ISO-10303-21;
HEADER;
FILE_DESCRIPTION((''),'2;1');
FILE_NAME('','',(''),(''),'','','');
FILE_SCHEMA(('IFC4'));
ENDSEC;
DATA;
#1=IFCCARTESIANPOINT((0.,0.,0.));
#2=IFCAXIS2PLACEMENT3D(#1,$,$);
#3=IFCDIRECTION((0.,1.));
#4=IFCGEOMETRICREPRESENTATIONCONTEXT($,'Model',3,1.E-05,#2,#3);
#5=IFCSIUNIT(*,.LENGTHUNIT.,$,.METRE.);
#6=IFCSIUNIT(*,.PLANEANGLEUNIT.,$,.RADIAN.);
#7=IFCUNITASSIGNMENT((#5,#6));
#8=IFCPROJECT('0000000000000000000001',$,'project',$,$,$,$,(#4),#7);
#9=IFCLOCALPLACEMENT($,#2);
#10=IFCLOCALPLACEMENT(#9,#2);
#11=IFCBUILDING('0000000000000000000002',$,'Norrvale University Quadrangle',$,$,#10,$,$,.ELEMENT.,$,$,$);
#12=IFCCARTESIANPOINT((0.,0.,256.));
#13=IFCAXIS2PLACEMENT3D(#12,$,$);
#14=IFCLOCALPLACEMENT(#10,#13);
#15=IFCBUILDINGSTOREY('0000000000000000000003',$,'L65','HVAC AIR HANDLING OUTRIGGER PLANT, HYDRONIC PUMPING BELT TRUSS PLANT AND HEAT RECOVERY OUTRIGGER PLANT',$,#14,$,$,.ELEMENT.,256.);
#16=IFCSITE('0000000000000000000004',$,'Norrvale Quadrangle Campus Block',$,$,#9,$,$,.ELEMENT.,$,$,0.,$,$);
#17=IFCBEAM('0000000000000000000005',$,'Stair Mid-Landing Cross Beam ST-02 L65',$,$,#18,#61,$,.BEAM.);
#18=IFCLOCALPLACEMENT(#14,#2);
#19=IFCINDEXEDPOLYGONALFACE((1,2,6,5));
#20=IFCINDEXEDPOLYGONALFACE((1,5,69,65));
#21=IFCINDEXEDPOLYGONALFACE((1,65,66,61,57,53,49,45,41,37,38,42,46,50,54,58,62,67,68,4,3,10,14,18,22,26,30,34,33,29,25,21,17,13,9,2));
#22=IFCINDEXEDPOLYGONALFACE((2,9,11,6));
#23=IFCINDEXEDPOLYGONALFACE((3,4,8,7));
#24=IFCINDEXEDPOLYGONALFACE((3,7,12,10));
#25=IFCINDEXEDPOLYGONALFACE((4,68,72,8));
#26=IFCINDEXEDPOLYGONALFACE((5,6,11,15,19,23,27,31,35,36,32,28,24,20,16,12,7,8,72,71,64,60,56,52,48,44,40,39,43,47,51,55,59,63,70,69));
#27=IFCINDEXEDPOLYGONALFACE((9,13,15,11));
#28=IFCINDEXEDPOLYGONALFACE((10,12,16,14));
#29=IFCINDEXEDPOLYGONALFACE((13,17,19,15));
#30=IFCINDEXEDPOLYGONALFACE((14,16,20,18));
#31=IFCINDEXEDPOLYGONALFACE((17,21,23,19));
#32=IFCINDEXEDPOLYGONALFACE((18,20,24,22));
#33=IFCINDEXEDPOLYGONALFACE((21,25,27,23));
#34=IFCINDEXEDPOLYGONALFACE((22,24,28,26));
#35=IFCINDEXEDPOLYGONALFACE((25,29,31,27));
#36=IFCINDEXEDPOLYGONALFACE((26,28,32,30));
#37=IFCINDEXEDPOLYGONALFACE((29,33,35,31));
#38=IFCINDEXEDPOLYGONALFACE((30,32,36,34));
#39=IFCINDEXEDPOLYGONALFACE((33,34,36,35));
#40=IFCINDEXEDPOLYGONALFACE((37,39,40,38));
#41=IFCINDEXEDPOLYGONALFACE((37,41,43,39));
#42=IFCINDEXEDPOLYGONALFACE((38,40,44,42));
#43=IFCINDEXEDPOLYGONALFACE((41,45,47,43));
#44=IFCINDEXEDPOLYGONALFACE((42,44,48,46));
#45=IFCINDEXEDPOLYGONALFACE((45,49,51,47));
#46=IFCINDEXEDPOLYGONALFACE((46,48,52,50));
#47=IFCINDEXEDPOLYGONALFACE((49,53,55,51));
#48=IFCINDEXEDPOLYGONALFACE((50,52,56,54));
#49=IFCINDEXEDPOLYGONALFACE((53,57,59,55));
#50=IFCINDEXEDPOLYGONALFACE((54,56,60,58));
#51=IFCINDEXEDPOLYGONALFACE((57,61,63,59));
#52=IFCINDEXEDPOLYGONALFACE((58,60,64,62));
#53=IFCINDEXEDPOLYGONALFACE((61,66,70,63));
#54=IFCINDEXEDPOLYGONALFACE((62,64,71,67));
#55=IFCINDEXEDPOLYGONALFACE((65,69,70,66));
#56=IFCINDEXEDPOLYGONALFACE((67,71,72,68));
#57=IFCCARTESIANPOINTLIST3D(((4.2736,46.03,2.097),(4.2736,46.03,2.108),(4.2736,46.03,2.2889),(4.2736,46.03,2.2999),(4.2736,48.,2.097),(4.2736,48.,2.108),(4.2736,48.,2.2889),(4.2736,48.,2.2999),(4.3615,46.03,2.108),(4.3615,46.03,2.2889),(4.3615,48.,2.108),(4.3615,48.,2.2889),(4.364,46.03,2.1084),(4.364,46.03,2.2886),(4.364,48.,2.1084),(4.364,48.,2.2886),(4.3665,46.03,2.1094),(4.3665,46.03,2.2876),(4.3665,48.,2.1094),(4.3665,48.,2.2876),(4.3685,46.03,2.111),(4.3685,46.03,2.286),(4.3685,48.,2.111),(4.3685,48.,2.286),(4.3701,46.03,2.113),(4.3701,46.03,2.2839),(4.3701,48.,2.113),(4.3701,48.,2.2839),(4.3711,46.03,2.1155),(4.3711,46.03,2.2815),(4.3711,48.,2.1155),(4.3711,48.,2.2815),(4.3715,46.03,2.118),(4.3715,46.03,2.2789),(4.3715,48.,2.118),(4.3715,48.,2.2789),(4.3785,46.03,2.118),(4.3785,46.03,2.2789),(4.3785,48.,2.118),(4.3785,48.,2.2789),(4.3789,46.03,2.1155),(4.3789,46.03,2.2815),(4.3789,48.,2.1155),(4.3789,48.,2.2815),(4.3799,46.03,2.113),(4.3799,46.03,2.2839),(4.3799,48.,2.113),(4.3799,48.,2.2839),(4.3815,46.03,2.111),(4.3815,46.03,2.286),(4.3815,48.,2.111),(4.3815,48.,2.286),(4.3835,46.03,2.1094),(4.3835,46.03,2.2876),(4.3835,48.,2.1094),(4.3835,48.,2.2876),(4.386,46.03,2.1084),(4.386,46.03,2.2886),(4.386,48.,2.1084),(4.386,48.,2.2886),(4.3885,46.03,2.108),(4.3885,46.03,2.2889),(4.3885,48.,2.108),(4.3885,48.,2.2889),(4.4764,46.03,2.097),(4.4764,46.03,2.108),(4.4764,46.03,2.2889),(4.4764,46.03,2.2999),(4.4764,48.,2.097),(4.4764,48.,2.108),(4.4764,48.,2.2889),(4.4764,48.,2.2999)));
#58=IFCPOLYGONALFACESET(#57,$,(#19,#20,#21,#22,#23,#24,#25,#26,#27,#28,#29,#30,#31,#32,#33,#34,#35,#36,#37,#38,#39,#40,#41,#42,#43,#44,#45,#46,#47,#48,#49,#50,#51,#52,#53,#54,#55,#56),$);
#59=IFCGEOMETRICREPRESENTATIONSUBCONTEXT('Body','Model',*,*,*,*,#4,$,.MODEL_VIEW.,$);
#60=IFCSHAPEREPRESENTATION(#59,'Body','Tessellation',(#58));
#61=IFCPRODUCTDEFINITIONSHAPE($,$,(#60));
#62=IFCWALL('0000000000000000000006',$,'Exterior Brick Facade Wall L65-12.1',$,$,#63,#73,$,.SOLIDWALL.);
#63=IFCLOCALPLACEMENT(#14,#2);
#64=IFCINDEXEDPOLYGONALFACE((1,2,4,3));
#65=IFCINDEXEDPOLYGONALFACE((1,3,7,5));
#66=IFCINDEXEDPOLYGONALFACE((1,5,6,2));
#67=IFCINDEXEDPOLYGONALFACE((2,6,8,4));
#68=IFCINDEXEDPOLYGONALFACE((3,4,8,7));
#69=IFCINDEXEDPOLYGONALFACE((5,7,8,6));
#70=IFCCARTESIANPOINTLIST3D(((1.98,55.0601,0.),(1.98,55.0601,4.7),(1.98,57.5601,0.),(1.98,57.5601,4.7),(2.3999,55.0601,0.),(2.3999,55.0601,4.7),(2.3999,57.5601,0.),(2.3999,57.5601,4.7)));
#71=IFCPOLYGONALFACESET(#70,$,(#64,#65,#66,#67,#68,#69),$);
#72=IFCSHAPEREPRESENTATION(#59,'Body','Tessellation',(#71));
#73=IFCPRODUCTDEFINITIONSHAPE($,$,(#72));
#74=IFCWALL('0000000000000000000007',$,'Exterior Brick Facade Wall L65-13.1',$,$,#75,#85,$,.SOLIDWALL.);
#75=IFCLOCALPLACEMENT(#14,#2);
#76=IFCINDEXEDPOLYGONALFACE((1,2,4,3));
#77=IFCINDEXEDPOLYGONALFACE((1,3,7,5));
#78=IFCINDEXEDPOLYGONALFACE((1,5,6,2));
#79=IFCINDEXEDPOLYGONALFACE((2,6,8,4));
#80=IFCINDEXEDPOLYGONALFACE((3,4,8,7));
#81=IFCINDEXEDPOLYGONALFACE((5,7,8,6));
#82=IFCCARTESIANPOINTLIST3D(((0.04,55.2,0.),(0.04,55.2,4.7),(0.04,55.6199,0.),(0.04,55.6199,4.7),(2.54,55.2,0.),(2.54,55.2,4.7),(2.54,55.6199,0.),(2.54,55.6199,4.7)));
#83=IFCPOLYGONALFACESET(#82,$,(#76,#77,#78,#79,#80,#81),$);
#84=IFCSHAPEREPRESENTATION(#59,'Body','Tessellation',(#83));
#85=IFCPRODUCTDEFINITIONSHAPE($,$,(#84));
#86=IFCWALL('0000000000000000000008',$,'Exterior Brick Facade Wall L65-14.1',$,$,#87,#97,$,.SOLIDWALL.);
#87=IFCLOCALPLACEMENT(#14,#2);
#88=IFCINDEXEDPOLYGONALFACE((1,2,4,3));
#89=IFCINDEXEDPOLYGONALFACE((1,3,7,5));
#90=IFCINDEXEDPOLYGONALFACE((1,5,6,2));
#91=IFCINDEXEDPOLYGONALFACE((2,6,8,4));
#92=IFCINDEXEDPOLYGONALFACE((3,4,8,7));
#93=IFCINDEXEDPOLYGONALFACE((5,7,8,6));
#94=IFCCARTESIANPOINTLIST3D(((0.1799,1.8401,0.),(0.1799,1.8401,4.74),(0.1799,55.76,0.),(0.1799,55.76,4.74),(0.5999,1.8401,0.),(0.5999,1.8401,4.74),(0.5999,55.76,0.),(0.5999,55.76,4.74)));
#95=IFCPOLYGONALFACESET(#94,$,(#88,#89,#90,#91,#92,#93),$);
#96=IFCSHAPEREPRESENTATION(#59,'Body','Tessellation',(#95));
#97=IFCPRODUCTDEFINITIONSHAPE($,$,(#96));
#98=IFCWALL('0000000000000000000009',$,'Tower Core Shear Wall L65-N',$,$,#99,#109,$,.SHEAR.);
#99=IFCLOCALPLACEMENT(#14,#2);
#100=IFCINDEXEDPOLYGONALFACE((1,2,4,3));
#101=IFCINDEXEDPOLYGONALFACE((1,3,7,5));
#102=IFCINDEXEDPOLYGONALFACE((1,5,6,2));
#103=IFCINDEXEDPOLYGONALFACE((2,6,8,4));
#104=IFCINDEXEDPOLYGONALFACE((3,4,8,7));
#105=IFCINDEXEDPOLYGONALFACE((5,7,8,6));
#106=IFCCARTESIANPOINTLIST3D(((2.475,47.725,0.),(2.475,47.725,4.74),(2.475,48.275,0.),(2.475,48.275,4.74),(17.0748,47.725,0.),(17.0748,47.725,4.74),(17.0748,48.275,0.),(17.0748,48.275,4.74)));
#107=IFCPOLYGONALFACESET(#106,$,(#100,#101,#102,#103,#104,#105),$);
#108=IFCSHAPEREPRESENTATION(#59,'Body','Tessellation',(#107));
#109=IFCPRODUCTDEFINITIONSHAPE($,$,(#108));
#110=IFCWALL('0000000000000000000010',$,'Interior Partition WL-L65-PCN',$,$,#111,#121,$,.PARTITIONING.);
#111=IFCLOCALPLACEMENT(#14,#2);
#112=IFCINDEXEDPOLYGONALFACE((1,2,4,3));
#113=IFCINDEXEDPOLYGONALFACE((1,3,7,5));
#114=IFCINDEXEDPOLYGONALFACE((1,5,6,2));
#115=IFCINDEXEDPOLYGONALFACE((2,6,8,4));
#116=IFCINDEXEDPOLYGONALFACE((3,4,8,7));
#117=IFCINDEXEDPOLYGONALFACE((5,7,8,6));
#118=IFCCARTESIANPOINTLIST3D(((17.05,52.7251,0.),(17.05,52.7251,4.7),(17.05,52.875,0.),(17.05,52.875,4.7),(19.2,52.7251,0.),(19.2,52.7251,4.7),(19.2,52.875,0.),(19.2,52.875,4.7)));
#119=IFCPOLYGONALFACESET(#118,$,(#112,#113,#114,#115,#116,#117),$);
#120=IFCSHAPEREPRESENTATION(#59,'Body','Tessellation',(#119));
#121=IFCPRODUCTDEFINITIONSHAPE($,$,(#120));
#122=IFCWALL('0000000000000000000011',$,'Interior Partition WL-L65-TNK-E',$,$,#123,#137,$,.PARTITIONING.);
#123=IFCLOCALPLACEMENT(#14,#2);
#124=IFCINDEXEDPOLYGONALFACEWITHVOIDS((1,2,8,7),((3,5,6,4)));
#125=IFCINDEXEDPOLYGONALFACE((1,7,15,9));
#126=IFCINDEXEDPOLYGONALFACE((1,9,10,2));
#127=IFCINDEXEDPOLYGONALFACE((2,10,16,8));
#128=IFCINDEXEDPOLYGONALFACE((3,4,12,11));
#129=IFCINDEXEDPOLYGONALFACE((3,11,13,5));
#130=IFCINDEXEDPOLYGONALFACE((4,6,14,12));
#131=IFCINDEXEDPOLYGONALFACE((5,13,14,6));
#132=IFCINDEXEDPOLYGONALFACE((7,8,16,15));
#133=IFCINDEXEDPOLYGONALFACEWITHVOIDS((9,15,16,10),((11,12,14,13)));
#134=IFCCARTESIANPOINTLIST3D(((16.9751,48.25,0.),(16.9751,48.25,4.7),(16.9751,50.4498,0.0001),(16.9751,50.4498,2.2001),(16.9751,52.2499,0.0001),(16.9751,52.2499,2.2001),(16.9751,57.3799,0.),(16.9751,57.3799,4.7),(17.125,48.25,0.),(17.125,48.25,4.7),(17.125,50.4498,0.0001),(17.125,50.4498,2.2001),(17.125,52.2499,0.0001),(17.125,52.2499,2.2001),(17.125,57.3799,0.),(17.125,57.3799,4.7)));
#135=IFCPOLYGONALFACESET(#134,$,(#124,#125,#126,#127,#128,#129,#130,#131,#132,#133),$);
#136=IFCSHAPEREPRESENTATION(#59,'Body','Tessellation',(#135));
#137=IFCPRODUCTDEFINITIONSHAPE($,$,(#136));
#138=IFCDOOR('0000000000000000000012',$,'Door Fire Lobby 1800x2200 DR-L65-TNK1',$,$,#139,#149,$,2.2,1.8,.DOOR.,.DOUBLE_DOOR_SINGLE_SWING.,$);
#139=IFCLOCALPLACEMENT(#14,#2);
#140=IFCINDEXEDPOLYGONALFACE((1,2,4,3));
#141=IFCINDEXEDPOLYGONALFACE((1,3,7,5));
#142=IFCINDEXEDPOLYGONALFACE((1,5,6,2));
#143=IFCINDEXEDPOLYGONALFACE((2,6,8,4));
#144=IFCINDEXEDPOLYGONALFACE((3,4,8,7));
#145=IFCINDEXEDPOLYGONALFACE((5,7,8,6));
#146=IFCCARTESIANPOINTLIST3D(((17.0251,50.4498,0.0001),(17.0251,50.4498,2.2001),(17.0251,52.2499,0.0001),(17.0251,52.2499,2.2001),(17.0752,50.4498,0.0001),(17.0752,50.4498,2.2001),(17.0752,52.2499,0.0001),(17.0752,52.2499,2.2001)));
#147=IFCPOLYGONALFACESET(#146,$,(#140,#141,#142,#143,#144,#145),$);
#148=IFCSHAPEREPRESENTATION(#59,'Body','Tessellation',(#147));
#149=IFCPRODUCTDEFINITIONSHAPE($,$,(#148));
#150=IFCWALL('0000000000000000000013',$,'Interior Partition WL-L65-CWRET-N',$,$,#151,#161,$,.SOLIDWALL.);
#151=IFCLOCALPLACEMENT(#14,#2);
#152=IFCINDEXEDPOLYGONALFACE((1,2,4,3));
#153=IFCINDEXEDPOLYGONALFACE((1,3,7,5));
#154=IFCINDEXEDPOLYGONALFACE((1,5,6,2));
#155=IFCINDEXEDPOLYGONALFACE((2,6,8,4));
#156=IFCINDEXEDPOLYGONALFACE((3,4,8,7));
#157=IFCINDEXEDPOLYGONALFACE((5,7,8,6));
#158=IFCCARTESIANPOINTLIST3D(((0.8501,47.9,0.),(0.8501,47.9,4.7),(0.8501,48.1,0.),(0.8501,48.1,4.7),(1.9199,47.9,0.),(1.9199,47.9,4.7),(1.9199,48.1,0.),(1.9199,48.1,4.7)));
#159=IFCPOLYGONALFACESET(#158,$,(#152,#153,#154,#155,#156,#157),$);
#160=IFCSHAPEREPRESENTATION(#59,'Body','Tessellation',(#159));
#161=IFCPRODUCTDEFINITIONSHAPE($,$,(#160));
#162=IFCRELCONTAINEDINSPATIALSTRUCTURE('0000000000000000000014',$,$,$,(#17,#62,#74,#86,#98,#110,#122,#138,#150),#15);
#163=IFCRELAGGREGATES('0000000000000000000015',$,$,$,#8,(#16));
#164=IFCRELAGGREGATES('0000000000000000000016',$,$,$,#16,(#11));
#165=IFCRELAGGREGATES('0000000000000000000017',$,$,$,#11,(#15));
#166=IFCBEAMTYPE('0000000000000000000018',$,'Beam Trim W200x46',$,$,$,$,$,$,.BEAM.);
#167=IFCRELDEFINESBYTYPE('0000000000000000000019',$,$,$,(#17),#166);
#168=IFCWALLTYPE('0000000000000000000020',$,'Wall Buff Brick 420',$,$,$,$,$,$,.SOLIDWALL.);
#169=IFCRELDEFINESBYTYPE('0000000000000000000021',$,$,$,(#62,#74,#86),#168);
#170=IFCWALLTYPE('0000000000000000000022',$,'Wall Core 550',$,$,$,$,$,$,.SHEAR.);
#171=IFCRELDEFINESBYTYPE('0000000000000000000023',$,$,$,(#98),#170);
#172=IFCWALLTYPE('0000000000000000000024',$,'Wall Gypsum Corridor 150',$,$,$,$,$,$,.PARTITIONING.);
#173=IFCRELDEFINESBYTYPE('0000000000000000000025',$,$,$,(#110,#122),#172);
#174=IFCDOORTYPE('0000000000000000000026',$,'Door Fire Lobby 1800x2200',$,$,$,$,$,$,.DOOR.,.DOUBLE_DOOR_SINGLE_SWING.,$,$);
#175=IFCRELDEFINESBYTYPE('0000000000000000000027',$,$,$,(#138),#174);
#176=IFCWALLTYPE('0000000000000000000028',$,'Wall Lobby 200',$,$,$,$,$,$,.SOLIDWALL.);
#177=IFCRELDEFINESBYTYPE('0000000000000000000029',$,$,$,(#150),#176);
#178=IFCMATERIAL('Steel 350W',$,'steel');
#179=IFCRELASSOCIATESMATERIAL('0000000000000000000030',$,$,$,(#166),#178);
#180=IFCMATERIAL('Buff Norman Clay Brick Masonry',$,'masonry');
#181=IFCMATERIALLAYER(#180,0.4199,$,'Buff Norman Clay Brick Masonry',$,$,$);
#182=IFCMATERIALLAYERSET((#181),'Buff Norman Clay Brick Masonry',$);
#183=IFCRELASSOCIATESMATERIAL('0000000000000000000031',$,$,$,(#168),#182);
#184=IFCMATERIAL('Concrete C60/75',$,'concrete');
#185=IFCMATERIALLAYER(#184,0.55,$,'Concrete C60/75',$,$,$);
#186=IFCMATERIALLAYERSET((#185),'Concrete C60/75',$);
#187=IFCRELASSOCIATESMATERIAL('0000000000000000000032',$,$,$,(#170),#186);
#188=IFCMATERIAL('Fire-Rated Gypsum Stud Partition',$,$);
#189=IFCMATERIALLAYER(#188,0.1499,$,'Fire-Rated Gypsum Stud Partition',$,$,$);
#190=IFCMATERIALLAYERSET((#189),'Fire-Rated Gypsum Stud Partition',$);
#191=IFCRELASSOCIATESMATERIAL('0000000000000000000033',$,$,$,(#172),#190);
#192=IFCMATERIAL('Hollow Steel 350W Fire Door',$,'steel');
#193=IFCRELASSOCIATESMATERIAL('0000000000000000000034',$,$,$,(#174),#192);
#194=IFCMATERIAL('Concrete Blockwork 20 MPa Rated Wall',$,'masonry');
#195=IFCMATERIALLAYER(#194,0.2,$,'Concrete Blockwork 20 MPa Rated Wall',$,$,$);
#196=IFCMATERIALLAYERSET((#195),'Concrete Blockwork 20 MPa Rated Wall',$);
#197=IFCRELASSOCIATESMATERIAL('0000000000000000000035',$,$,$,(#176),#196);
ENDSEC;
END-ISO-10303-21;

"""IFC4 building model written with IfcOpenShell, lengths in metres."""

from ifc_helpers import new_model, si_unit, direction, frame, frame_2d, origin, origin_2d, place, context, subcontext, project, spatial, rectangle, i_section, extrude, material, layer, layer_set, material_profile, profile_set, type_object, element, fill, save


model = new_model("IFC4")

# Units and contexts
model_context = context("Model", 3, precision=1e-05, world=origin(), true_north=direction((0.0, 1.0)))
body_context = subcontext(model_context, "Body", "Model", "MODEL_VIEW")
ifc_project = project(units=[si_unit("LENGTHUNIT", "METRE"), si_unit("PLANEANGLEUNIT", "RADIAN")], contexts=[model_context])

# Site, building, storey
site_placement = place(None, origin())
site = spatial("IfcSite", under=ifc_project, at=site_placement, Name="Norrvale Quadrangle Campus Block", CompositionType="ELEMENT", RefElevation=0.0)
building_placement = place(site_placement, origin())
building = spatial("IfcBuilding", under=site, at=building_placement, Name="Norrvale University Quadrangle", CompositionType="ELEMENT")
storey_placement = place(building_placement, frame((0.0, 0.0, 256.0)))
storey = spatial("IfcBuildingStorey", under=building, at=storey_placement, Name="L65", Description="HVAC AIR HANDLING OUTRIGGER PLANT, HYDRONIC PUMPING BELT TRUSS PLANT AND HEAT RECOVERY OUTRIGGER PLANT", CompositionType="ELEMENT", Elevation=256.0)

# Shared definitions
ifc_material_1 = material(Name="Concrete C60/75", Category="concrete")

# Beam
ifc_material_2 = material(Name="Steel 350W", Category="steel")
ifc_material_profile_1 = material_profile(ifc_material_2, i_section(OverallWidth=0.2029, OverallDepth=0.2029, WebThickness=0.0071, FlangeThickness=0.011, FilletRadius=0.01, at=origin_2d()), Name="Steel 350W")
ifc_profile_set_1 = profile_set([ifc_material_profile_1], Name="Steel 350W")
beam_type_1 = type_object("IfcBeamType", Name="Beam Trim W200x46", PredefinedType="BEAM", material=ifc_profile_set_1)
beam_1_placement = place(storey_placement, frame((4.375, 46.03, 2.1985), z_axis=(0.0, 1.0, 0.0), x_axis=(-1.0, 0.0, 0.0)))
element("IfcBeam", 1, at=beam_1_placement, inside=storey, type_object=beam_type_1, Name="Stair Mid-Landing Cross Beam ST-02 L65", PredefinedType="BEAM", context=body_context, shape_type="SweptSolid", body=[
    extrude(i_section(OverallWidth=0.2029, OverallDepth=0.2029, WebThickness=0.0071, FlangeThickness=0.011, FilletRadius=0.01, at=origin_2d()), origin(), (0.0, 0.0, 1.0), 1.97),
])

# Walls
ifc_material_3 = material(Name="Buff Norman Clay Brick Masonry", Category="masonry")
ifc_layer_1 = layer(ifc_material_3, 0.4199, Name="Buff Norman Clay Brick Masonry")
ifc_layer_set_1 = layer_set([ifc_layer_1], Name="Buff Norman Clay Brick Masonry")
wall_type_1 = type_object("IfcWallType", Name="Wall Buff Brick 420", PredefinedType="SOLIDWALL", material=ifc_layer_set_1)
for number, where, z_axis, x_axis, name in (
    (2, (2.1899, 57.5601, 0.0), (0.0, 0.0, 1.0), (0.0, -1.0, 0.0), "Exterior Brick Facade Wall L65-12.1"),
    (3, (2.54, 55.4099, 0.0), (0.0, 0.0, 1.0), (-1.0, 0.0, 0.0), "Exterior Brick Facade Wall L65-13.1"),
):
    element("IfcWall", number, at=place(storey_placement, frame(where, z_axis=z_axis, x_axis=x_axis)), inside=storey, type_object=wall_type_1, Name=name, PredefinedType="SOLIDWALL", context=body_context, shape_type="SweptSolid", body=[
        extrude(rectangle(XDim=2.5, YDim=0.4199, at=frame_2d((1.25, 0.0))), origin(), (0.0, 0.0, 1.0), 4.7),
    ])
wall_1_placement = place(storey_placement, frame((0.3899, 55.76, 0.0), z_axis=(0.0, 0.0, 1.0), x_axis=(0.0, -1.0, 0.0)))
element("IfcWall", 4, at=wall_1_placement, inside=storey, type_object=wall_type_1, Name="Exterior Brick Facade Wall L65-14.1", PredefinedType="SOLIDWALL", context=body_context, shape_type="SweptSolid", body=[
    extrude(rectangle(XDim=53.9199, YDim=0.4199, at=frame_2d((26.96, 0.0))), origin(), (0.0, 0.0, 1.0), 4.74),
])
ifc_layer_2 = layer(ifc_material_1, 0.55, Name="Concrete C60/75")
ifc_layer_set_2 = layer_set([ifc_layer_2], Name="Concrete C60/75")
wall_type_2 = type_object("IfcWallType", Name="Wall Core 550", PredefinedType="SHEAR", material=ifc_layer_set_2)
wall_2_placement = place(storey_placement, frame((2.4751, 48.0, 0.0), z_axis=(0.0, 0.0, 1.0), x_axis=(1.0, 0.0, 0.0)))
element("IfcWall", 5, at=wall_2_placement, inside=storey, type_object=wall_type_2, Name="Tower Core Shear Wall L65-N", PredefinedType="SHEAR", context=body_context, shape_type="SweptSolid", body=[
    extrude(rectangle(XDim=14.5999, YDim=0.55, at=frame_2d((7.2998, 0.0))), origin(), (0.0, 0.0, 1.0), 4.74),
])
ifc_material_4 = material(Name="Fire-Rated Gypsum Stud Partition")
ifc_layer_3 = layer(ifc_material_4, 0.1499, Name="Fire-Rated Gypsum Stud Partition")
ifc_layer_set_3 = layer_set([ifc_layer_3], Name="Fire-Rated Gypsum Stud Partition")
wall_type_3 = type_object("IfcWallType", Name="Wall Gypsum Corridor 150", PredefinedType="PARTITIONING", material=ifc_layer_set_3)
wall_3_placement = place(storey_placement, frame((17.05, 52.8, 0.0), z_axis=(0.0, 0.0, 1.0), x_axis=(1.0, 0.0, 0.0)))
element("IfcWall", 6, at=wall_3_placement, inside=storey, type_object=wall_type_3, Name="Interior Partition WL-L65-PCN", PredefinedType="PARTITIONING", context=body_context, shape_type="SweptSolid", body=[
    extrude(rectangle(XDim=2.1499, YDim=0.1499, at=frame_2d((1.075, 0.0))), origin(), (0.0, 0.0, 1.0), 4.7),
])

# Wall, opening, door
wall_4_placement = place(storey_placement, frame((17.05, 48.25, 0.0), z_axis=(0.0, 0.0, 1.0), x_axis=(0.0, 1.0, 0.0)))
wall_4 = element("IfcWall", 7, at=wall_4_placement, inside=storey, type_object=wall_type_3, Name="Interior Partition WL-L65-TNK-E", PredefinedType="PARTITIONING", context=body_context, shape_type="SweptSolid", body=[
    extrude(rectangle(XDim=9.1299, YDim=0.1499, at=frame_2d((4.5649, 0.0))), origin(), (0.0, 0.0, 1.0), 4.7),
])
opening_placement = place(wall_4_placement, frame((2.2, 0.0, 0.0)))
opening = element("IfcOpeningElement", 8, at=opening_placement, cuts=wall_4, PredefinedType="OPENING", context=body_context, shape_type="SweptSolid", body=[
    extrude(rectangle(XDim=1.8, YDim=2.2, at=frame_2d((0.8999, 1.1001))), frame((0.0, 0.0869, 0.0), z_axis=(0.0, -1.0, 0.0), x_axis=(1.0, 0.0, 0.0)), (0.0, 0.0, 1.0), 0.1738),
])
ifc_material_5 = material(Name="Hollow Steel 350W Fire Door", Category="steel")
door_type = type_object("IfcDoorType", Name="Door Fire Lobby 1800x2200", OperationType="DOUBLE_DOOR_SINGLE_SWING", PredefinedType="DOOR", material=ifc_material_5)
door_placement = place(opening_placement, origin())
door = element("IfcDoor", 9, at=door_placement, inside=storey, type_object=door_type, Name="Door Fire Lobby 1800x2200 DR-L65-TNK1", OperationType="DOUBLE_DOOR_SINGLE_SWING", OverallHeight=2.2, OverallWidth=1.8, PredefinedType="DOOR", context=body_context, shape_type="SweptSolid", body=[
    extrude(rectangle(XDim=1.8, YDim=2.2, at=frame_2d((0.8999, 1.1001))), frame((0.0, 0.0249, 0.0), z_axis=(0.0, -1.0, 0.0), x_axis=(1.0, 0.0, 0.0)), (0.0, 0.0, 1.0), 0.05),
])
fill(opening, door)

# Wall
ifc_material_6 = material(Name="Concrete Blockwork 20 MPa Rated Wall", Category="masonry")
ifc_layer_4 = layer(ifc_material_6, 0.2, Name="Concrete Blockwork 20 MPa Rated Wall")
ifc_layer_set_4 = layer_set([ifc_layer_4], Name="Concrete Blockwork 20 MPa Rated Wall")
wall_type_4 = type_object("IfcWallType", Name="Wall Lobby 200", PredefinedType="SOLIDWALL", material=ifc_layer_set_4)
wall_5_placement = place(storey_placement, frame((0.8501, 48.0, 0.0), z_axis=(0.0, 0.0, 1.0), x_axis=(1.0, 0.0, 0.0)))
element("IfcWall", 10, at=wall_5_placement, inside=storey, type_object=wall_type_4, Name="Interior Partition WL-L65-CWRET-N", PredefinedType="SOLIDWALL", context=body_context, shape_type="SweptSolid", body=[
    extrude(rectangle(XDim=1.0698, YDim=0.2, at=frame_2d((0.5349, 0.0))), origin(), (0.0, 0.0, 1.0), 4.7),
])

save(model, "model.ifc")
